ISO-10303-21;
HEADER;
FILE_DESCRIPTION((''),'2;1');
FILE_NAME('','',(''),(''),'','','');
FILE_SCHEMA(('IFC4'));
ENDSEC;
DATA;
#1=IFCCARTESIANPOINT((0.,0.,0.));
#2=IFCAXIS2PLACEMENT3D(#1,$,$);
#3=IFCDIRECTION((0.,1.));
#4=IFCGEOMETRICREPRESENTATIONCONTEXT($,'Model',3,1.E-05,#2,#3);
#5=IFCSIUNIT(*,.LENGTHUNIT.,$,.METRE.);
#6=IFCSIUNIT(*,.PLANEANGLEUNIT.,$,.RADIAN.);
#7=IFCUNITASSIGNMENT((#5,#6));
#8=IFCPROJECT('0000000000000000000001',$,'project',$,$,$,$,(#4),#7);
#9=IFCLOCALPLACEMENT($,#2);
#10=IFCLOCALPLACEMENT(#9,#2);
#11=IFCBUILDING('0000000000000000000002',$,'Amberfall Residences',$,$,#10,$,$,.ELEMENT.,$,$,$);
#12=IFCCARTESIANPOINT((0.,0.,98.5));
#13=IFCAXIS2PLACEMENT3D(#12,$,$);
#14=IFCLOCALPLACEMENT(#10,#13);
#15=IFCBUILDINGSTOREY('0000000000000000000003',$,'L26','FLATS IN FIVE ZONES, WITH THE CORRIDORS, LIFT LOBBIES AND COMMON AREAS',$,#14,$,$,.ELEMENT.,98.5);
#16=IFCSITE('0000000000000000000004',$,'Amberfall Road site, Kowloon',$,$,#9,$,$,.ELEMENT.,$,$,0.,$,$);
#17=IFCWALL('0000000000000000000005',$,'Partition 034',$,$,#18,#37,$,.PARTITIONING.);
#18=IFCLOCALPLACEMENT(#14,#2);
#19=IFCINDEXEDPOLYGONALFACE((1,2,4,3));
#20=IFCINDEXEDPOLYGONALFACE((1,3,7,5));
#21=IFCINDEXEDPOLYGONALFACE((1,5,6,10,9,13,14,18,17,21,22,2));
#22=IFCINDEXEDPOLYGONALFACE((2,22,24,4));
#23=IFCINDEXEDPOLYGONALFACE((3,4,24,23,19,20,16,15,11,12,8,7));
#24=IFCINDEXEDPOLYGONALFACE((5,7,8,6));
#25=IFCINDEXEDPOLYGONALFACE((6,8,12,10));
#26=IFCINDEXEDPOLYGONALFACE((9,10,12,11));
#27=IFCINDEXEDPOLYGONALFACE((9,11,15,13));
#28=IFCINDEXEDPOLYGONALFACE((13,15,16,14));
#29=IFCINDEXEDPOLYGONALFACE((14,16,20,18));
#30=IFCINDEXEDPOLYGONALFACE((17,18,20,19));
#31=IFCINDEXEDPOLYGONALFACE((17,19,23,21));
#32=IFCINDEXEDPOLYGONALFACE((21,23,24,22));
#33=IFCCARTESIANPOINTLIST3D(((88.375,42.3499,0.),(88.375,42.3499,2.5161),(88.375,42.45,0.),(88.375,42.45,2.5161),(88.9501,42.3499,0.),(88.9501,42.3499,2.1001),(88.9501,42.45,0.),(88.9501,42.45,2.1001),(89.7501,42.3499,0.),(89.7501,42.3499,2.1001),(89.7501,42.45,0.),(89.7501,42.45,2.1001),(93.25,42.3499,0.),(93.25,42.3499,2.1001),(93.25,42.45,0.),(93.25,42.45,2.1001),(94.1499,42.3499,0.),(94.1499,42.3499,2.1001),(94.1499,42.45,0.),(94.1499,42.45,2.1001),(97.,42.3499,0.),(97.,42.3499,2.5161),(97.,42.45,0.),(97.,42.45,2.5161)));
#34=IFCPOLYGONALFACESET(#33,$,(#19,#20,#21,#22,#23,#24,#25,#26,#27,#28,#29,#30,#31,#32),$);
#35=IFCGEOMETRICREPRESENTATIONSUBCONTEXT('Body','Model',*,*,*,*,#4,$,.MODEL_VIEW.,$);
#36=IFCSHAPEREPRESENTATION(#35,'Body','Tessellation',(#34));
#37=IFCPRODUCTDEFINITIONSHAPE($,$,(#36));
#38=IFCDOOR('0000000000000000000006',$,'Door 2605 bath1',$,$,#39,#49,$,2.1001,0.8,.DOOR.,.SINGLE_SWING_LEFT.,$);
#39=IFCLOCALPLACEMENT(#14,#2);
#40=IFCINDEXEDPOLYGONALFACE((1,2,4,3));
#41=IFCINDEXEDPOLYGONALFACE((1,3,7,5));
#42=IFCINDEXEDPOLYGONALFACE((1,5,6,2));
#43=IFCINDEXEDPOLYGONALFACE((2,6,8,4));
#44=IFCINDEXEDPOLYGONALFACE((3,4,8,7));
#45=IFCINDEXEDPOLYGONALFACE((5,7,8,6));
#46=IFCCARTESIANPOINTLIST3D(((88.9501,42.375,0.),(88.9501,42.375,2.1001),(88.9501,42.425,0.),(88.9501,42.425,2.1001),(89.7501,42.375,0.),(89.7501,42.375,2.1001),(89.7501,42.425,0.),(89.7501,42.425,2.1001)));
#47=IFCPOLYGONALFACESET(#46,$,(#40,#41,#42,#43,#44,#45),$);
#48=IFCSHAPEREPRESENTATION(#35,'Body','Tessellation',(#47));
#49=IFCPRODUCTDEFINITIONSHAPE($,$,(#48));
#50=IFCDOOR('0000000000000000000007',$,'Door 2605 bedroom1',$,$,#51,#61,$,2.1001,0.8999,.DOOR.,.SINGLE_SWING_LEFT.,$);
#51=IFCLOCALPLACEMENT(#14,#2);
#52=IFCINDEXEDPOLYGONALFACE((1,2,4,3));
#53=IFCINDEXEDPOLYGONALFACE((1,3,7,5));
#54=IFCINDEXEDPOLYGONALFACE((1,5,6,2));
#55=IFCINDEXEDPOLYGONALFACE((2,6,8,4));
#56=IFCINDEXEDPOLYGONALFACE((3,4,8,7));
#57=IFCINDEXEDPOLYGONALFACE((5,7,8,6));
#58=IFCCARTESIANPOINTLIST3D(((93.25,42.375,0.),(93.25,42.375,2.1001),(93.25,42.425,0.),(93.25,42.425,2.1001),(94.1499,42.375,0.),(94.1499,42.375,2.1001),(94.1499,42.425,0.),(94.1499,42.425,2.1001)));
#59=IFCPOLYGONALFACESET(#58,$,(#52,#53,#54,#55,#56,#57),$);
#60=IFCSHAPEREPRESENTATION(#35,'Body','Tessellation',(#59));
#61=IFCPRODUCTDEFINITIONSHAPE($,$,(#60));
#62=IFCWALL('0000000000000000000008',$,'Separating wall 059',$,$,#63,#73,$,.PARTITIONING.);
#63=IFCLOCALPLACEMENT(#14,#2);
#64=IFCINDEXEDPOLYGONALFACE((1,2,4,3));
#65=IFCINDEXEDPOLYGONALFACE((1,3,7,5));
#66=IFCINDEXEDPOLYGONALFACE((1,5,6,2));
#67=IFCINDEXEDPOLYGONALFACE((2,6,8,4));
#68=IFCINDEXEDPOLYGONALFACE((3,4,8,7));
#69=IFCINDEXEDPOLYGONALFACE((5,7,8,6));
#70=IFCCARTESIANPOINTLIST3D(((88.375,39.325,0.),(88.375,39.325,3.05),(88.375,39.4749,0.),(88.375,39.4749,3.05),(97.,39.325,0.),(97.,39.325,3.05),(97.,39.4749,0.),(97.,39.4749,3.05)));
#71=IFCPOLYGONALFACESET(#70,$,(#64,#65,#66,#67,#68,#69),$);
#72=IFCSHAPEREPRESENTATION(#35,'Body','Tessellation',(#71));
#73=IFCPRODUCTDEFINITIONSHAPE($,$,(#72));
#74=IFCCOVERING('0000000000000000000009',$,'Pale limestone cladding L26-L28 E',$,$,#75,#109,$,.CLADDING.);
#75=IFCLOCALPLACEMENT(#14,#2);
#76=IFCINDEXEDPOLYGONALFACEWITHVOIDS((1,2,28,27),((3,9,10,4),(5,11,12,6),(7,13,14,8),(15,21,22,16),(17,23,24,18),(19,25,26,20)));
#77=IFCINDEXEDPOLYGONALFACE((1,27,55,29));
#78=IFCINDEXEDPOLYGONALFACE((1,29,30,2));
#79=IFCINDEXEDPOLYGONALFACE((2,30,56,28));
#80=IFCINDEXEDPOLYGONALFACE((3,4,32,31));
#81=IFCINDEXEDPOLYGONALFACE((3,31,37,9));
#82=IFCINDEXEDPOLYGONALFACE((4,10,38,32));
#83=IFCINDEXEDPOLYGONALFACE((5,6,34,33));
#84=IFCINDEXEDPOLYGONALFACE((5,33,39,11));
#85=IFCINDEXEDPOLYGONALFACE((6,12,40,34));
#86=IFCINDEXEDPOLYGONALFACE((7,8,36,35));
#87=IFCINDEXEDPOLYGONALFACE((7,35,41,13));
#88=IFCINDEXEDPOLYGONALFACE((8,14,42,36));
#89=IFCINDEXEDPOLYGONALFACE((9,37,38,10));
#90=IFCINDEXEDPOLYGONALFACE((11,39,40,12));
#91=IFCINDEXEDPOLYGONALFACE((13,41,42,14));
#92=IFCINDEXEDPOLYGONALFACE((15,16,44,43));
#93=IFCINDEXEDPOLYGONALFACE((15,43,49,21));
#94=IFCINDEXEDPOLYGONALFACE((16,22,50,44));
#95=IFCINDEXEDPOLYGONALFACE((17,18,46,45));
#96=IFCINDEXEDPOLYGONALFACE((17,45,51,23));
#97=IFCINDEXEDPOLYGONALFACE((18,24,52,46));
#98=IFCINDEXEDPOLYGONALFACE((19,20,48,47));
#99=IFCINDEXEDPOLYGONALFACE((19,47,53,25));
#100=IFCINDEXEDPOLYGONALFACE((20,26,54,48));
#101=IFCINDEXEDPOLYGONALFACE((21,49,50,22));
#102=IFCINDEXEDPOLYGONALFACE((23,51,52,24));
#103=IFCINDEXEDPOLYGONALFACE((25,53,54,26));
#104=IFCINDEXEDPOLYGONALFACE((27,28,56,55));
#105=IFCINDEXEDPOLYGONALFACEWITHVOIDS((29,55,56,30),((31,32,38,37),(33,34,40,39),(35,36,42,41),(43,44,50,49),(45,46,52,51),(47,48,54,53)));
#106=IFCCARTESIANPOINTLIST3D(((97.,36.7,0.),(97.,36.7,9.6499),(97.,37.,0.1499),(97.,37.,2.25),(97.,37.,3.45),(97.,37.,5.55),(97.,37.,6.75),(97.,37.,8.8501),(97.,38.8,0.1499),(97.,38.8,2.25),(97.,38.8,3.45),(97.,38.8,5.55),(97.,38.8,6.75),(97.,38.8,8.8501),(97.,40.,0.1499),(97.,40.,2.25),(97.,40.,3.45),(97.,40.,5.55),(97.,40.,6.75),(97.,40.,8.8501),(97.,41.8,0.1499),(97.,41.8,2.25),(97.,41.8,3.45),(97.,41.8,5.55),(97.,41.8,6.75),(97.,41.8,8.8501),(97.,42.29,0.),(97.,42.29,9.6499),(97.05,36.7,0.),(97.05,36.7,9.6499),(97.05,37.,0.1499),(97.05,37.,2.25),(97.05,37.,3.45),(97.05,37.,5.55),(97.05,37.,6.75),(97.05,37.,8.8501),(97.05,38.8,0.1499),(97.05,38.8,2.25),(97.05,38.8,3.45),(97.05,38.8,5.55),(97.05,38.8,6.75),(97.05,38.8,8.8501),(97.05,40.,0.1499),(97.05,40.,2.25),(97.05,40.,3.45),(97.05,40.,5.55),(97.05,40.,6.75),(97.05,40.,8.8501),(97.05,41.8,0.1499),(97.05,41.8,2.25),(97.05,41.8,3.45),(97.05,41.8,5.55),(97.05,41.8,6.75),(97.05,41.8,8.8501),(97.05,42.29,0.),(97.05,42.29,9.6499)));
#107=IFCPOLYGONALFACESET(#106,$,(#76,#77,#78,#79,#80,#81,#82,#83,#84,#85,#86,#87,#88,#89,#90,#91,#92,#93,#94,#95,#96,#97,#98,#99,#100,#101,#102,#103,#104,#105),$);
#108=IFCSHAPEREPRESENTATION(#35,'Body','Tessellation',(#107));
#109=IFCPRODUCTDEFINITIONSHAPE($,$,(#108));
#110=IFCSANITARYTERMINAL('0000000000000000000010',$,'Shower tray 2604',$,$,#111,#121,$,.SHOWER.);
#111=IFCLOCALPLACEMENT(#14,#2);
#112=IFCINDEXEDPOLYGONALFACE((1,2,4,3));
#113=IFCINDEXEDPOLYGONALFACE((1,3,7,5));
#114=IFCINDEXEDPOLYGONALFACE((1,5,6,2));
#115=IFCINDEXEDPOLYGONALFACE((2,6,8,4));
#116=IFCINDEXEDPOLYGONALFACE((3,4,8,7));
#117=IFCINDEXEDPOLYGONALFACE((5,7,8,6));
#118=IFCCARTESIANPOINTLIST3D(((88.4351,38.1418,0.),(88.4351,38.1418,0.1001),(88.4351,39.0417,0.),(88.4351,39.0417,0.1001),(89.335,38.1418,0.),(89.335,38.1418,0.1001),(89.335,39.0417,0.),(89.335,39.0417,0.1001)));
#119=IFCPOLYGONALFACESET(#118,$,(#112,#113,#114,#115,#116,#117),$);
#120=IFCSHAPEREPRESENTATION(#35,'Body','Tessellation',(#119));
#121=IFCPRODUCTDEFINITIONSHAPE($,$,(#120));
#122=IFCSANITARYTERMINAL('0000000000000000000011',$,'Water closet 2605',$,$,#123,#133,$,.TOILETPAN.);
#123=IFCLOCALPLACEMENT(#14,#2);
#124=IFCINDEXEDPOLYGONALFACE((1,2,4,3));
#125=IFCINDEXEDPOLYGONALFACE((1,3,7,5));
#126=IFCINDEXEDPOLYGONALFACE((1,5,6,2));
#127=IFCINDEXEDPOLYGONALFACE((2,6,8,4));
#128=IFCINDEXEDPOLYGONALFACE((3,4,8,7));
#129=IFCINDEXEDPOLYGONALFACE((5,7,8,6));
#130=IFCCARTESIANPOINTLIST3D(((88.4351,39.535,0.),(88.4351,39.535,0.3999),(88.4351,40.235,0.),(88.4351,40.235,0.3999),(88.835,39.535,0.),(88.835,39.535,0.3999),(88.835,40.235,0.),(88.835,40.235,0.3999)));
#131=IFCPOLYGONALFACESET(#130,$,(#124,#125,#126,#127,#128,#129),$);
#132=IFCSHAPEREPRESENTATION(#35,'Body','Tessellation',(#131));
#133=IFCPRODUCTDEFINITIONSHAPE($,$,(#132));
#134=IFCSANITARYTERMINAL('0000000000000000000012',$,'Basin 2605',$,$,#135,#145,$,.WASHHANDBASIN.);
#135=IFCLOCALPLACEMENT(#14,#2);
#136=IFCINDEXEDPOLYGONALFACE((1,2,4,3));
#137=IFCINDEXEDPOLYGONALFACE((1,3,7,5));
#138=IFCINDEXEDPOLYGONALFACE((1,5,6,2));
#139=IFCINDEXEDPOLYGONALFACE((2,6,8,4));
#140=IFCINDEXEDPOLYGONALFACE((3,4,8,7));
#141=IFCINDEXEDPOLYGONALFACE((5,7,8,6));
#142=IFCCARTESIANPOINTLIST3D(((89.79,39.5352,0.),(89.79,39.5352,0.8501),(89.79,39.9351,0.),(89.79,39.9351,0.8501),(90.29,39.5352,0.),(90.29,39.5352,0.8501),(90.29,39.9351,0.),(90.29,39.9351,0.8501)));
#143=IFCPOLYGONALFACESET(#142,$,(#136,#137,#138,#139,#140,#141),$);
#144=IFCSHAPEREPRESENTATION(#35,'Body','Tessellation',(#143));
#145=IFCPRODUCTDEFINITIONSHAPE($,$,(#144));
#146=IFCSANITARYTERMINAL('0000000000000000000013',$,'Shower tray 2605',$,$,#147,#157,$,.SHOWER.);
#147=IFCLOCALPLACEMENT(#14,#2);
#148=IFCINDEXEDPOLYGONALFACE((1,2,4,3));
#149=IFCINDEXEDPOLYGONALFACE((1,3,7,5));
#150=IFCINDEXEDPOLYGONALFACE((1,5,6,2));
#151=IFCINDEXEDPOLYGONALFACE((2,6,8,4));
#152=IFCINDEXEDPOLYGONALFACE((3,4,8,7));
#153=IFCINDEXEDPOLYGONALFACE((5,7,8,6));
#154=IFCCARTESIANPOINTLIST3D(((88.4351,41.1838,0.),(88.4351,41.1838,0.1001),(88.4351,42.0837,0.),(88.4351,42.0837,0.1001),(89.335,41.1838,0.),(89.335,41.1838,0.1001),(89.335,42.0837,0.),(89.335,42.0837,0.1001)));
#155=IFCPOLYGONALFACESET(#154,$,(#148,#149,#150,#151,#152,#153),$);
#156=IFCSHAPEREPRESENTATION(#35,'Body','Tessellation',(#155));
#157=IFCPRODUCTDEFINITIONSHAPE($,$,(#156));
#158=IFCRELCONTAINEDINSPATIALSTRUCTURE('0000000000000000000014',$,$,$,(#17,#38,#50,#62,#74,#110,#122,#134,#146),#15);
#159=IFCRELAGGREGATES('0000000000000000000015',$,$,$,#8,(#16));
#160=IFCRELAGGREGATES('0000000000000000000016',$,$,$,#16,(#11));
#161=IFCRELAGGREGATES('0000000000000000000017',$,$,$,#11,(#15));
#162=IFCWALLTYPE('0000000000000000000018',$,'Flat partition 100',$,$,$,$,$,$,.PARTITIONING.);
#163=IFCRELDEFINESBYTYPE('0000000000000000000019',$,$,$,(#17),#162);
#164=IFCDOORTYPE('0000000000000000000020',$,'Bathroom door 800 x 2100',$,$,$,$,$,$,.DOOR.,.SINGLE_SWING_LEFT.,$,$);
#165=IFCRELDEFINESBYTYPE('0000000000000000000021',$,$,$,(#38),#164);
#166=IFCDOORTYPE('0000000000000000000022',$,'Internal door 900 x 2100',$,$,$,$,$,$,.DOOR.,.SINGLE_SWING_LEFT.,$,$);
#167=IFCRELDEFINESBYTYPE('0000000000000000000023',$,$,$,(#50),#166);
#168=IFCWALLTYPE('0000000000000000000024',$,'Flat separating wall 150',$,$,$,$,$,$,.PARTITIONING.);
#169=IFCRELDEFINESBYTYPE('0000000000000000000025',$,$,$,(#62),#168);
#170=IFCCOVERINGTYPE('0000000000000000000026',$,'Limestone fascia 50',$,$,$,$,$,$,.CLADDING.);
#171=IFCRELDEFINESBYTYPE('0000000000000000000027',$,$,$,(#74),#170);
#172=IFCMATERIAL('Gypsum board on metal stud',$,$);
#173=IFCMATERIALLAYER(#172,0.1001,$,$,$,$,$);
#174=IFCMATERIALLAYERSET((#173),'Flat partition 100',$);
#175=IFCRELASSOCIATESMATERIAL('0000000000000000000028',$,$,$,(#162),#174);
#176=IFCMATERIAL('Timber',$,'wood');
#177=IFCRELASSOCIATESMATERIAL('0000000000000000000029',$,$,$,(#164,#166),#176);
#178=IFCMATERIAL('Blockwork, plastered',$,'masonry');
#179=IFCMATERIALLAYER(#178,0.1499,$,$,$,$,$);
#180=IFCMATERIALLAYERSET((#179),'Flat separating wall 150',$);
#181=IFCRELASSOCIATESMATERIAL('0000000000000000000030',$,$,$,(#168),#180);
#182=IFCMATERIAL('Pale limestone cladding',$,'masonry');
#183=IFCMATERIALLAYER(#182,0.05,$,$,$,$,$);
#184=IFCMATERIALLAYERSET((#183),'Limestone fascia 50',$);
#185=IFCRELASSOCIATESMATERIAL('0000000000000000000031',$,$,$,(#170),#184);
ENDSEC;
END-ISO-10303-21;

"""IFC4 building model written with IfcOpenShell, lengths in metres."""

from ifc_helpers import new_model, si_unit, direction, frame, frame_2d, origin, origin_2d, place, context, subcontext, project, spatial, polyline, rectangle, outline, extrude, material, layer, layer_set, type_object, element, fill, save


model = new_model("IFC4")

# Units and contexts
model_context = context("Model", 3, precision=1e-05, world=origin(), true_north=direction((0.0, 1.0)))
body_context = subcontext(model_context, "Body", "Model", "MODEL_VIEW")
ifc_project = project(units=[si_unit("LENGTHUNIT", "METRE"), si_unit("PLANEANGLEUNIT", "RADIAN")], contexts=[model_context])

# Site, building, storey
site_placement = place(None, origin())
site = spatial("IfcSite", under=ifc_project, at=site_placement, Name="Amberfall Road site, Kowloon", CompositionType="ELEMENT", RefElevation=0.0)
building_placement = place(site_placement, origin())
building = spatial("IfcBuilding", under=site, at=building_placement, Name="Amberfall Residences", CompositionType="ELEMENT")
storey_placement = place(building_placement, frame((0.0, 0.0, 98.5)))
storey = spatial("IfcBuildingStorey", under=building, at=storey_placement, Name="L26", Description="FLATS IN FIVE ZONES, WITH THE CORRIDORS, LIFT LOBBIES AND COMMON AREAS", CompositionType="ELEMENT", Elevation=98.5)

# Wall, openings, doors
ifc_material_1 = material(Name="Gypsum board on metal stud")
ifc_layer_1 = layer(ifc_material_1, 0.1001)
ifc_layer_set_1 = layer_set([ifc_layer_1], Name="Flat partition 100")
wall_type_1 = type_object("IfcWallType", Name="Flat partition 100", PredefinedType="PARTITIONING", material=ifc_layer_set_1)
wall_1_placement = place(storey_placement, frame((97.0, 42.3999, 0.0), z_axis=(0.0, 0.0, 1.0), x_axis=(-1.0, 0.0, 0.0)))
wall_1 = element("IfcWall", 1, at=wall_1_placement, inside=storey, type_object=wall_type_1, Name="Partition 034", PredefinedType="PARTITIONING", context=body_context, shape_type="SweptSolid", body=[
    extrude(rectangle(XDim=8.625, YDim=0.1001, at=frame_2d((4.3125, 0.0))), origin(), (0.0, 0.0, 1.0), 2.5161),
])
opening_1_placement = place(wall_1_placement, frame((2.8501, 0.0, 0.0)))
opening_1 = element("IfcOpeningElement", 2, at=opening_1_placement, cuts=wall_1, PredefinedType="OPENING", context=body_context, shape_type="SweptSolid", body=[
    extrude(rectangle(XDim=0.8999, YDim=2.1001, at=frame_2d((0.45, 1.05))), frame((0.0, 0.0601, 0.0), z_axis=(0.0, -1.0, 0.0), x_axis=(1.0, 0.0, 0.0)), (0.0, 0.0, 1.0), 0.1201),
])
opening_2_placement = place(wall_1_placement, frame((7.25, 0.0, 0.0)))
opening_2 = element("IfcOpeningElement", 3, at=opening_2_placement, cuts=wall_1, PredefinedType="OPENING", context=body_context, shape_type="SweptSolid", body=[
    extrude(rectangle(XDim=0.8, YDim=2.1001, at=frame_2d((0.3999, 1.05))), frame((0.0, 0.0601, 0.0), z_axis=(0.0, -1.0, 0.0), x_axis=(1.0, 0.0, 0.0)), (0.0, 0.0, 1.0), 0.1201),
])
ifc_material_2 = material(Name="Timber", Category="wood")
door_type_1 = type_object("IfcDoorType", Name="Bathroom door 800 x 2100", OperationType="SINGLE_SWING_LEFT", PredefinedType="DOOR", material=ifc_material_2)
door_1_placement = place(opening_2_placement, origin())
door_1 = element("IfcDoor", 4, at=door_1_placement, inside=storey, type_object=door_type_1, Name="Door 2605 bath1", OperationType="SINGLE_SWING_LEFT", OverallHeight=2.1001, OverallWidth=0.8, PredefinedType="DOOR", context=body_context, shape_type="SweptSolid", body=[
    extrude(rectangle(XDim=0.8, YDim=2.1001, at=frame_2d((0.3999, 1.05))), frame((0.0, 0.0249, 0.0), z_axis=(0.0, -1.0, 0.0), x_axis=(1.0, 0.0, 0.0)), (0.0, 0.0, 1.0), 0.05),
])
fill(opening_2, door_1)
door_type_2 = type_object("IfcDoorType", Name="Internal door 900 x 2100", OperationType="SINGLE_SWING_LEFT", PredefinedType="DOOR", material=ifc_material_2)
door_2_placement = place(opening_1_placement, origin())
door_2 = element("IfcDoor", 5, at=door_2_placement, inside=storey, type_object=door_type_2, Name="Door 2605 bedroom1", OperationType="SINGLE_SWING_LEFT", OverallHeight=2.1001, OverallWidth=0.8999, PredefinedType="DOOR", context=body_context, shape_type="SweptSolid", body=[
    extrude(rectangle(XDim=0.8999, YDim=2.1001, at=frame_2d((0.45, 1.05))), frame((0.0, 0.0249, 0.0), z_axis=(0.0, -1.0, 0.0), x_axis=(1.0, 0.0, 0.0)), (0.0, 0.0, 1.0), 0.05),
])
fill(opening_1, door_2)

# Wall
ifc_material_3 = material(Name="Blockwork, plastered", Category="masonry")
ifc_layer_2 = layer(ifc_material_3, 0.1499)
ifc_layer_set_2 = layer_set([ifc_layer_2], Name="Flat separating wall 150")
wall_type_2 = type_object("IfcWallType", Name="Flat separating wall 150", PredefinedType="PARTITIONING", material=ifc_layer_set_2)
wall_2_placement = place(storey_placement, frame((88.375, 39.3999, 0.0), z_axis=(0.0, 0.0, 1.0), x_axis=(1.0, 0.0, 0.0)))
element("IfcWall", 6, at=wall_2_placement, inside=storey, type_object=wall_type_2, Name="Separating wall 059", PredefinedType="PARTITIONING", context=body_context, shape_type="SweptSolid", body=[
    extrude(rectangle(XDim=8.625, YDim=0.1499, at=frame_2d((4.3125, 0.0))), origin(), (0.0, 0.0, 1.0), 3.05),
])

# Covering
ifc_material_4 = material(Name="Pale limestone cladding", Category="masonry")
ifc_layer_3 = layer(ifc_material_4, 0.05)
ifc_layer_set_3 = layer_set([ifc_layer_3], Name="Limestone fascia 50")
covering_type = type_object("IfcCoveringType", Name="Limestone fascia 50", PredefinedType="CLADDING", material=ifc_layer_set_3)
covering_placement = place(storey_placement, frame((97.0, 36.7, 9.6499), z_axis=(-1.0, 0.0, 0.0), x_axis=(0.0, 1.0, 0.0)))
element("IfcCovering", 7, at=covering_placement, inside=storey, type_object=covering_type, Name="Pale limestone cladding L26-L28 E", PredefinedType="CLADDING", context=body_context, shape_type="SweptSolid", body=[
    extrude(outline(polyline([(0.0, 0.0), (5.5901, 0.0), (5.5901, 9.6499), (0.0, 9.6499), (0.0, 0.0)]), holes=[polyline([(0.3, 7.3999), (2.1001, 7.3999), (2.1001, 9.5), (0.3, 9.5), (0.3, 7.3999)]), polyline([(3.3, 7.3999), (5.1001, 7.3999), (5.1001, 9.5), (3.3, 9.5), (3.3, 7.3999)]), polyline([(0.3, 4.0999), (2.1001, 4.0999), (2.1001, 6.2), (0.3, 6.2), (0.3, 4.0999)]), polyline([(3.3, 4.0999), (5.1001, 4.0999), (5.1001, 6.2), (3.3, 6.2), (3.3, 4.0999)]), polyline([(0.3, 0.7998), (2.1001, 0.7998), (2.1001, 2.8999), (0.3, 2.8999), (0.3, 0.7998)]), polyline([(3.3, 0.7998), (5.1001, 0.7998), (5.1001, 2.8999), (3.3, 2.8999), (3.3, 0.7998)])]), origin(), (0.0, 0.0, -1.0), 0.05),
])

# Sanitary terminals
sanitary_terminal_1_placement = place(storey_placement, frame((88.885, 38.5918, 0.0), z_axis=(0.0, 0.0, 1.0), x_axis=(1.0, 0.0, 0.0)))
element("IfcSanitaryTerminal", 8, at=sanitary_terminal_1_placement, inside=storey, Name="Shower tray 2604", PredefinedType="SHOWER", context=body_context, shape_type="SweptSolid", body=[
    extrude(rectangle(XDim=0.8999, YDim=0.8999, at=origin_2d()), origin(), (0.0, 0.0, 1.0), 0.1001),
])
sanitary_terminal_2_placement = place(storey_placement, frame((88.635, 39.885, 0.0), z_axis=(0.0, 0.0, 1.0), x_axis=(1.0, 0.0, 0.0)))
element("IfcSanitaryTerminal", 9, at=sanitary_terminal_2_placement, inside=storey, Name="Water closet 2605", PredefinedType="TOILETPAN", context=body_context, shape_type="SweptSolid", body=[
    extrude(rectangle(XDim=0.3999, YDim=0.7, at=origin_2d()), origin(), (0.0, 0.0, 1.0), 0.3999),
])
sanitary_terminal_3_placement = place(storey_placement, frame((90.04, 39.7351, 0.0), z_axis=(0.0, 0.0, 1.0), x_axis=(1.0, 0.0, 0.0)))
element("IfcSanitaryTerminal", 10, at=sanitary_terminal_3_placement, inside=storey, Name="Basin 2605", PredefinedType="WASHHANDBASIN", context=body_context, shape_type="SweptSolid", body=[
    extrude(rectangle(XDim=0.5, YDim=0.3999, at=origin_2d()), origin(), (0.0, 0.0, 1.0), 0.8501),
])
sanitary_terminal_4_placement = place(storey_placement, frame((88.885, 41.6338, 0.0), z_axis=(0.0, 0.0, 1.0), x_axis=(1.0, 0.0, 0.0)))
element("IfcSanitaryTerminal", 11, at=sanitary_terminal_4_placement, inside=storey, Name="Shower tray 2605", PredefinedType="SHOWER", context=body_context, shape_type="SweptSolid", body=[
    extrude(rectangle(XDim=0.8999, YDim=0.8999, at=origin_2d()), origin(), (0.0, 0.0, 1.0), 0.1001),
])

save(model, "model.ifc")
